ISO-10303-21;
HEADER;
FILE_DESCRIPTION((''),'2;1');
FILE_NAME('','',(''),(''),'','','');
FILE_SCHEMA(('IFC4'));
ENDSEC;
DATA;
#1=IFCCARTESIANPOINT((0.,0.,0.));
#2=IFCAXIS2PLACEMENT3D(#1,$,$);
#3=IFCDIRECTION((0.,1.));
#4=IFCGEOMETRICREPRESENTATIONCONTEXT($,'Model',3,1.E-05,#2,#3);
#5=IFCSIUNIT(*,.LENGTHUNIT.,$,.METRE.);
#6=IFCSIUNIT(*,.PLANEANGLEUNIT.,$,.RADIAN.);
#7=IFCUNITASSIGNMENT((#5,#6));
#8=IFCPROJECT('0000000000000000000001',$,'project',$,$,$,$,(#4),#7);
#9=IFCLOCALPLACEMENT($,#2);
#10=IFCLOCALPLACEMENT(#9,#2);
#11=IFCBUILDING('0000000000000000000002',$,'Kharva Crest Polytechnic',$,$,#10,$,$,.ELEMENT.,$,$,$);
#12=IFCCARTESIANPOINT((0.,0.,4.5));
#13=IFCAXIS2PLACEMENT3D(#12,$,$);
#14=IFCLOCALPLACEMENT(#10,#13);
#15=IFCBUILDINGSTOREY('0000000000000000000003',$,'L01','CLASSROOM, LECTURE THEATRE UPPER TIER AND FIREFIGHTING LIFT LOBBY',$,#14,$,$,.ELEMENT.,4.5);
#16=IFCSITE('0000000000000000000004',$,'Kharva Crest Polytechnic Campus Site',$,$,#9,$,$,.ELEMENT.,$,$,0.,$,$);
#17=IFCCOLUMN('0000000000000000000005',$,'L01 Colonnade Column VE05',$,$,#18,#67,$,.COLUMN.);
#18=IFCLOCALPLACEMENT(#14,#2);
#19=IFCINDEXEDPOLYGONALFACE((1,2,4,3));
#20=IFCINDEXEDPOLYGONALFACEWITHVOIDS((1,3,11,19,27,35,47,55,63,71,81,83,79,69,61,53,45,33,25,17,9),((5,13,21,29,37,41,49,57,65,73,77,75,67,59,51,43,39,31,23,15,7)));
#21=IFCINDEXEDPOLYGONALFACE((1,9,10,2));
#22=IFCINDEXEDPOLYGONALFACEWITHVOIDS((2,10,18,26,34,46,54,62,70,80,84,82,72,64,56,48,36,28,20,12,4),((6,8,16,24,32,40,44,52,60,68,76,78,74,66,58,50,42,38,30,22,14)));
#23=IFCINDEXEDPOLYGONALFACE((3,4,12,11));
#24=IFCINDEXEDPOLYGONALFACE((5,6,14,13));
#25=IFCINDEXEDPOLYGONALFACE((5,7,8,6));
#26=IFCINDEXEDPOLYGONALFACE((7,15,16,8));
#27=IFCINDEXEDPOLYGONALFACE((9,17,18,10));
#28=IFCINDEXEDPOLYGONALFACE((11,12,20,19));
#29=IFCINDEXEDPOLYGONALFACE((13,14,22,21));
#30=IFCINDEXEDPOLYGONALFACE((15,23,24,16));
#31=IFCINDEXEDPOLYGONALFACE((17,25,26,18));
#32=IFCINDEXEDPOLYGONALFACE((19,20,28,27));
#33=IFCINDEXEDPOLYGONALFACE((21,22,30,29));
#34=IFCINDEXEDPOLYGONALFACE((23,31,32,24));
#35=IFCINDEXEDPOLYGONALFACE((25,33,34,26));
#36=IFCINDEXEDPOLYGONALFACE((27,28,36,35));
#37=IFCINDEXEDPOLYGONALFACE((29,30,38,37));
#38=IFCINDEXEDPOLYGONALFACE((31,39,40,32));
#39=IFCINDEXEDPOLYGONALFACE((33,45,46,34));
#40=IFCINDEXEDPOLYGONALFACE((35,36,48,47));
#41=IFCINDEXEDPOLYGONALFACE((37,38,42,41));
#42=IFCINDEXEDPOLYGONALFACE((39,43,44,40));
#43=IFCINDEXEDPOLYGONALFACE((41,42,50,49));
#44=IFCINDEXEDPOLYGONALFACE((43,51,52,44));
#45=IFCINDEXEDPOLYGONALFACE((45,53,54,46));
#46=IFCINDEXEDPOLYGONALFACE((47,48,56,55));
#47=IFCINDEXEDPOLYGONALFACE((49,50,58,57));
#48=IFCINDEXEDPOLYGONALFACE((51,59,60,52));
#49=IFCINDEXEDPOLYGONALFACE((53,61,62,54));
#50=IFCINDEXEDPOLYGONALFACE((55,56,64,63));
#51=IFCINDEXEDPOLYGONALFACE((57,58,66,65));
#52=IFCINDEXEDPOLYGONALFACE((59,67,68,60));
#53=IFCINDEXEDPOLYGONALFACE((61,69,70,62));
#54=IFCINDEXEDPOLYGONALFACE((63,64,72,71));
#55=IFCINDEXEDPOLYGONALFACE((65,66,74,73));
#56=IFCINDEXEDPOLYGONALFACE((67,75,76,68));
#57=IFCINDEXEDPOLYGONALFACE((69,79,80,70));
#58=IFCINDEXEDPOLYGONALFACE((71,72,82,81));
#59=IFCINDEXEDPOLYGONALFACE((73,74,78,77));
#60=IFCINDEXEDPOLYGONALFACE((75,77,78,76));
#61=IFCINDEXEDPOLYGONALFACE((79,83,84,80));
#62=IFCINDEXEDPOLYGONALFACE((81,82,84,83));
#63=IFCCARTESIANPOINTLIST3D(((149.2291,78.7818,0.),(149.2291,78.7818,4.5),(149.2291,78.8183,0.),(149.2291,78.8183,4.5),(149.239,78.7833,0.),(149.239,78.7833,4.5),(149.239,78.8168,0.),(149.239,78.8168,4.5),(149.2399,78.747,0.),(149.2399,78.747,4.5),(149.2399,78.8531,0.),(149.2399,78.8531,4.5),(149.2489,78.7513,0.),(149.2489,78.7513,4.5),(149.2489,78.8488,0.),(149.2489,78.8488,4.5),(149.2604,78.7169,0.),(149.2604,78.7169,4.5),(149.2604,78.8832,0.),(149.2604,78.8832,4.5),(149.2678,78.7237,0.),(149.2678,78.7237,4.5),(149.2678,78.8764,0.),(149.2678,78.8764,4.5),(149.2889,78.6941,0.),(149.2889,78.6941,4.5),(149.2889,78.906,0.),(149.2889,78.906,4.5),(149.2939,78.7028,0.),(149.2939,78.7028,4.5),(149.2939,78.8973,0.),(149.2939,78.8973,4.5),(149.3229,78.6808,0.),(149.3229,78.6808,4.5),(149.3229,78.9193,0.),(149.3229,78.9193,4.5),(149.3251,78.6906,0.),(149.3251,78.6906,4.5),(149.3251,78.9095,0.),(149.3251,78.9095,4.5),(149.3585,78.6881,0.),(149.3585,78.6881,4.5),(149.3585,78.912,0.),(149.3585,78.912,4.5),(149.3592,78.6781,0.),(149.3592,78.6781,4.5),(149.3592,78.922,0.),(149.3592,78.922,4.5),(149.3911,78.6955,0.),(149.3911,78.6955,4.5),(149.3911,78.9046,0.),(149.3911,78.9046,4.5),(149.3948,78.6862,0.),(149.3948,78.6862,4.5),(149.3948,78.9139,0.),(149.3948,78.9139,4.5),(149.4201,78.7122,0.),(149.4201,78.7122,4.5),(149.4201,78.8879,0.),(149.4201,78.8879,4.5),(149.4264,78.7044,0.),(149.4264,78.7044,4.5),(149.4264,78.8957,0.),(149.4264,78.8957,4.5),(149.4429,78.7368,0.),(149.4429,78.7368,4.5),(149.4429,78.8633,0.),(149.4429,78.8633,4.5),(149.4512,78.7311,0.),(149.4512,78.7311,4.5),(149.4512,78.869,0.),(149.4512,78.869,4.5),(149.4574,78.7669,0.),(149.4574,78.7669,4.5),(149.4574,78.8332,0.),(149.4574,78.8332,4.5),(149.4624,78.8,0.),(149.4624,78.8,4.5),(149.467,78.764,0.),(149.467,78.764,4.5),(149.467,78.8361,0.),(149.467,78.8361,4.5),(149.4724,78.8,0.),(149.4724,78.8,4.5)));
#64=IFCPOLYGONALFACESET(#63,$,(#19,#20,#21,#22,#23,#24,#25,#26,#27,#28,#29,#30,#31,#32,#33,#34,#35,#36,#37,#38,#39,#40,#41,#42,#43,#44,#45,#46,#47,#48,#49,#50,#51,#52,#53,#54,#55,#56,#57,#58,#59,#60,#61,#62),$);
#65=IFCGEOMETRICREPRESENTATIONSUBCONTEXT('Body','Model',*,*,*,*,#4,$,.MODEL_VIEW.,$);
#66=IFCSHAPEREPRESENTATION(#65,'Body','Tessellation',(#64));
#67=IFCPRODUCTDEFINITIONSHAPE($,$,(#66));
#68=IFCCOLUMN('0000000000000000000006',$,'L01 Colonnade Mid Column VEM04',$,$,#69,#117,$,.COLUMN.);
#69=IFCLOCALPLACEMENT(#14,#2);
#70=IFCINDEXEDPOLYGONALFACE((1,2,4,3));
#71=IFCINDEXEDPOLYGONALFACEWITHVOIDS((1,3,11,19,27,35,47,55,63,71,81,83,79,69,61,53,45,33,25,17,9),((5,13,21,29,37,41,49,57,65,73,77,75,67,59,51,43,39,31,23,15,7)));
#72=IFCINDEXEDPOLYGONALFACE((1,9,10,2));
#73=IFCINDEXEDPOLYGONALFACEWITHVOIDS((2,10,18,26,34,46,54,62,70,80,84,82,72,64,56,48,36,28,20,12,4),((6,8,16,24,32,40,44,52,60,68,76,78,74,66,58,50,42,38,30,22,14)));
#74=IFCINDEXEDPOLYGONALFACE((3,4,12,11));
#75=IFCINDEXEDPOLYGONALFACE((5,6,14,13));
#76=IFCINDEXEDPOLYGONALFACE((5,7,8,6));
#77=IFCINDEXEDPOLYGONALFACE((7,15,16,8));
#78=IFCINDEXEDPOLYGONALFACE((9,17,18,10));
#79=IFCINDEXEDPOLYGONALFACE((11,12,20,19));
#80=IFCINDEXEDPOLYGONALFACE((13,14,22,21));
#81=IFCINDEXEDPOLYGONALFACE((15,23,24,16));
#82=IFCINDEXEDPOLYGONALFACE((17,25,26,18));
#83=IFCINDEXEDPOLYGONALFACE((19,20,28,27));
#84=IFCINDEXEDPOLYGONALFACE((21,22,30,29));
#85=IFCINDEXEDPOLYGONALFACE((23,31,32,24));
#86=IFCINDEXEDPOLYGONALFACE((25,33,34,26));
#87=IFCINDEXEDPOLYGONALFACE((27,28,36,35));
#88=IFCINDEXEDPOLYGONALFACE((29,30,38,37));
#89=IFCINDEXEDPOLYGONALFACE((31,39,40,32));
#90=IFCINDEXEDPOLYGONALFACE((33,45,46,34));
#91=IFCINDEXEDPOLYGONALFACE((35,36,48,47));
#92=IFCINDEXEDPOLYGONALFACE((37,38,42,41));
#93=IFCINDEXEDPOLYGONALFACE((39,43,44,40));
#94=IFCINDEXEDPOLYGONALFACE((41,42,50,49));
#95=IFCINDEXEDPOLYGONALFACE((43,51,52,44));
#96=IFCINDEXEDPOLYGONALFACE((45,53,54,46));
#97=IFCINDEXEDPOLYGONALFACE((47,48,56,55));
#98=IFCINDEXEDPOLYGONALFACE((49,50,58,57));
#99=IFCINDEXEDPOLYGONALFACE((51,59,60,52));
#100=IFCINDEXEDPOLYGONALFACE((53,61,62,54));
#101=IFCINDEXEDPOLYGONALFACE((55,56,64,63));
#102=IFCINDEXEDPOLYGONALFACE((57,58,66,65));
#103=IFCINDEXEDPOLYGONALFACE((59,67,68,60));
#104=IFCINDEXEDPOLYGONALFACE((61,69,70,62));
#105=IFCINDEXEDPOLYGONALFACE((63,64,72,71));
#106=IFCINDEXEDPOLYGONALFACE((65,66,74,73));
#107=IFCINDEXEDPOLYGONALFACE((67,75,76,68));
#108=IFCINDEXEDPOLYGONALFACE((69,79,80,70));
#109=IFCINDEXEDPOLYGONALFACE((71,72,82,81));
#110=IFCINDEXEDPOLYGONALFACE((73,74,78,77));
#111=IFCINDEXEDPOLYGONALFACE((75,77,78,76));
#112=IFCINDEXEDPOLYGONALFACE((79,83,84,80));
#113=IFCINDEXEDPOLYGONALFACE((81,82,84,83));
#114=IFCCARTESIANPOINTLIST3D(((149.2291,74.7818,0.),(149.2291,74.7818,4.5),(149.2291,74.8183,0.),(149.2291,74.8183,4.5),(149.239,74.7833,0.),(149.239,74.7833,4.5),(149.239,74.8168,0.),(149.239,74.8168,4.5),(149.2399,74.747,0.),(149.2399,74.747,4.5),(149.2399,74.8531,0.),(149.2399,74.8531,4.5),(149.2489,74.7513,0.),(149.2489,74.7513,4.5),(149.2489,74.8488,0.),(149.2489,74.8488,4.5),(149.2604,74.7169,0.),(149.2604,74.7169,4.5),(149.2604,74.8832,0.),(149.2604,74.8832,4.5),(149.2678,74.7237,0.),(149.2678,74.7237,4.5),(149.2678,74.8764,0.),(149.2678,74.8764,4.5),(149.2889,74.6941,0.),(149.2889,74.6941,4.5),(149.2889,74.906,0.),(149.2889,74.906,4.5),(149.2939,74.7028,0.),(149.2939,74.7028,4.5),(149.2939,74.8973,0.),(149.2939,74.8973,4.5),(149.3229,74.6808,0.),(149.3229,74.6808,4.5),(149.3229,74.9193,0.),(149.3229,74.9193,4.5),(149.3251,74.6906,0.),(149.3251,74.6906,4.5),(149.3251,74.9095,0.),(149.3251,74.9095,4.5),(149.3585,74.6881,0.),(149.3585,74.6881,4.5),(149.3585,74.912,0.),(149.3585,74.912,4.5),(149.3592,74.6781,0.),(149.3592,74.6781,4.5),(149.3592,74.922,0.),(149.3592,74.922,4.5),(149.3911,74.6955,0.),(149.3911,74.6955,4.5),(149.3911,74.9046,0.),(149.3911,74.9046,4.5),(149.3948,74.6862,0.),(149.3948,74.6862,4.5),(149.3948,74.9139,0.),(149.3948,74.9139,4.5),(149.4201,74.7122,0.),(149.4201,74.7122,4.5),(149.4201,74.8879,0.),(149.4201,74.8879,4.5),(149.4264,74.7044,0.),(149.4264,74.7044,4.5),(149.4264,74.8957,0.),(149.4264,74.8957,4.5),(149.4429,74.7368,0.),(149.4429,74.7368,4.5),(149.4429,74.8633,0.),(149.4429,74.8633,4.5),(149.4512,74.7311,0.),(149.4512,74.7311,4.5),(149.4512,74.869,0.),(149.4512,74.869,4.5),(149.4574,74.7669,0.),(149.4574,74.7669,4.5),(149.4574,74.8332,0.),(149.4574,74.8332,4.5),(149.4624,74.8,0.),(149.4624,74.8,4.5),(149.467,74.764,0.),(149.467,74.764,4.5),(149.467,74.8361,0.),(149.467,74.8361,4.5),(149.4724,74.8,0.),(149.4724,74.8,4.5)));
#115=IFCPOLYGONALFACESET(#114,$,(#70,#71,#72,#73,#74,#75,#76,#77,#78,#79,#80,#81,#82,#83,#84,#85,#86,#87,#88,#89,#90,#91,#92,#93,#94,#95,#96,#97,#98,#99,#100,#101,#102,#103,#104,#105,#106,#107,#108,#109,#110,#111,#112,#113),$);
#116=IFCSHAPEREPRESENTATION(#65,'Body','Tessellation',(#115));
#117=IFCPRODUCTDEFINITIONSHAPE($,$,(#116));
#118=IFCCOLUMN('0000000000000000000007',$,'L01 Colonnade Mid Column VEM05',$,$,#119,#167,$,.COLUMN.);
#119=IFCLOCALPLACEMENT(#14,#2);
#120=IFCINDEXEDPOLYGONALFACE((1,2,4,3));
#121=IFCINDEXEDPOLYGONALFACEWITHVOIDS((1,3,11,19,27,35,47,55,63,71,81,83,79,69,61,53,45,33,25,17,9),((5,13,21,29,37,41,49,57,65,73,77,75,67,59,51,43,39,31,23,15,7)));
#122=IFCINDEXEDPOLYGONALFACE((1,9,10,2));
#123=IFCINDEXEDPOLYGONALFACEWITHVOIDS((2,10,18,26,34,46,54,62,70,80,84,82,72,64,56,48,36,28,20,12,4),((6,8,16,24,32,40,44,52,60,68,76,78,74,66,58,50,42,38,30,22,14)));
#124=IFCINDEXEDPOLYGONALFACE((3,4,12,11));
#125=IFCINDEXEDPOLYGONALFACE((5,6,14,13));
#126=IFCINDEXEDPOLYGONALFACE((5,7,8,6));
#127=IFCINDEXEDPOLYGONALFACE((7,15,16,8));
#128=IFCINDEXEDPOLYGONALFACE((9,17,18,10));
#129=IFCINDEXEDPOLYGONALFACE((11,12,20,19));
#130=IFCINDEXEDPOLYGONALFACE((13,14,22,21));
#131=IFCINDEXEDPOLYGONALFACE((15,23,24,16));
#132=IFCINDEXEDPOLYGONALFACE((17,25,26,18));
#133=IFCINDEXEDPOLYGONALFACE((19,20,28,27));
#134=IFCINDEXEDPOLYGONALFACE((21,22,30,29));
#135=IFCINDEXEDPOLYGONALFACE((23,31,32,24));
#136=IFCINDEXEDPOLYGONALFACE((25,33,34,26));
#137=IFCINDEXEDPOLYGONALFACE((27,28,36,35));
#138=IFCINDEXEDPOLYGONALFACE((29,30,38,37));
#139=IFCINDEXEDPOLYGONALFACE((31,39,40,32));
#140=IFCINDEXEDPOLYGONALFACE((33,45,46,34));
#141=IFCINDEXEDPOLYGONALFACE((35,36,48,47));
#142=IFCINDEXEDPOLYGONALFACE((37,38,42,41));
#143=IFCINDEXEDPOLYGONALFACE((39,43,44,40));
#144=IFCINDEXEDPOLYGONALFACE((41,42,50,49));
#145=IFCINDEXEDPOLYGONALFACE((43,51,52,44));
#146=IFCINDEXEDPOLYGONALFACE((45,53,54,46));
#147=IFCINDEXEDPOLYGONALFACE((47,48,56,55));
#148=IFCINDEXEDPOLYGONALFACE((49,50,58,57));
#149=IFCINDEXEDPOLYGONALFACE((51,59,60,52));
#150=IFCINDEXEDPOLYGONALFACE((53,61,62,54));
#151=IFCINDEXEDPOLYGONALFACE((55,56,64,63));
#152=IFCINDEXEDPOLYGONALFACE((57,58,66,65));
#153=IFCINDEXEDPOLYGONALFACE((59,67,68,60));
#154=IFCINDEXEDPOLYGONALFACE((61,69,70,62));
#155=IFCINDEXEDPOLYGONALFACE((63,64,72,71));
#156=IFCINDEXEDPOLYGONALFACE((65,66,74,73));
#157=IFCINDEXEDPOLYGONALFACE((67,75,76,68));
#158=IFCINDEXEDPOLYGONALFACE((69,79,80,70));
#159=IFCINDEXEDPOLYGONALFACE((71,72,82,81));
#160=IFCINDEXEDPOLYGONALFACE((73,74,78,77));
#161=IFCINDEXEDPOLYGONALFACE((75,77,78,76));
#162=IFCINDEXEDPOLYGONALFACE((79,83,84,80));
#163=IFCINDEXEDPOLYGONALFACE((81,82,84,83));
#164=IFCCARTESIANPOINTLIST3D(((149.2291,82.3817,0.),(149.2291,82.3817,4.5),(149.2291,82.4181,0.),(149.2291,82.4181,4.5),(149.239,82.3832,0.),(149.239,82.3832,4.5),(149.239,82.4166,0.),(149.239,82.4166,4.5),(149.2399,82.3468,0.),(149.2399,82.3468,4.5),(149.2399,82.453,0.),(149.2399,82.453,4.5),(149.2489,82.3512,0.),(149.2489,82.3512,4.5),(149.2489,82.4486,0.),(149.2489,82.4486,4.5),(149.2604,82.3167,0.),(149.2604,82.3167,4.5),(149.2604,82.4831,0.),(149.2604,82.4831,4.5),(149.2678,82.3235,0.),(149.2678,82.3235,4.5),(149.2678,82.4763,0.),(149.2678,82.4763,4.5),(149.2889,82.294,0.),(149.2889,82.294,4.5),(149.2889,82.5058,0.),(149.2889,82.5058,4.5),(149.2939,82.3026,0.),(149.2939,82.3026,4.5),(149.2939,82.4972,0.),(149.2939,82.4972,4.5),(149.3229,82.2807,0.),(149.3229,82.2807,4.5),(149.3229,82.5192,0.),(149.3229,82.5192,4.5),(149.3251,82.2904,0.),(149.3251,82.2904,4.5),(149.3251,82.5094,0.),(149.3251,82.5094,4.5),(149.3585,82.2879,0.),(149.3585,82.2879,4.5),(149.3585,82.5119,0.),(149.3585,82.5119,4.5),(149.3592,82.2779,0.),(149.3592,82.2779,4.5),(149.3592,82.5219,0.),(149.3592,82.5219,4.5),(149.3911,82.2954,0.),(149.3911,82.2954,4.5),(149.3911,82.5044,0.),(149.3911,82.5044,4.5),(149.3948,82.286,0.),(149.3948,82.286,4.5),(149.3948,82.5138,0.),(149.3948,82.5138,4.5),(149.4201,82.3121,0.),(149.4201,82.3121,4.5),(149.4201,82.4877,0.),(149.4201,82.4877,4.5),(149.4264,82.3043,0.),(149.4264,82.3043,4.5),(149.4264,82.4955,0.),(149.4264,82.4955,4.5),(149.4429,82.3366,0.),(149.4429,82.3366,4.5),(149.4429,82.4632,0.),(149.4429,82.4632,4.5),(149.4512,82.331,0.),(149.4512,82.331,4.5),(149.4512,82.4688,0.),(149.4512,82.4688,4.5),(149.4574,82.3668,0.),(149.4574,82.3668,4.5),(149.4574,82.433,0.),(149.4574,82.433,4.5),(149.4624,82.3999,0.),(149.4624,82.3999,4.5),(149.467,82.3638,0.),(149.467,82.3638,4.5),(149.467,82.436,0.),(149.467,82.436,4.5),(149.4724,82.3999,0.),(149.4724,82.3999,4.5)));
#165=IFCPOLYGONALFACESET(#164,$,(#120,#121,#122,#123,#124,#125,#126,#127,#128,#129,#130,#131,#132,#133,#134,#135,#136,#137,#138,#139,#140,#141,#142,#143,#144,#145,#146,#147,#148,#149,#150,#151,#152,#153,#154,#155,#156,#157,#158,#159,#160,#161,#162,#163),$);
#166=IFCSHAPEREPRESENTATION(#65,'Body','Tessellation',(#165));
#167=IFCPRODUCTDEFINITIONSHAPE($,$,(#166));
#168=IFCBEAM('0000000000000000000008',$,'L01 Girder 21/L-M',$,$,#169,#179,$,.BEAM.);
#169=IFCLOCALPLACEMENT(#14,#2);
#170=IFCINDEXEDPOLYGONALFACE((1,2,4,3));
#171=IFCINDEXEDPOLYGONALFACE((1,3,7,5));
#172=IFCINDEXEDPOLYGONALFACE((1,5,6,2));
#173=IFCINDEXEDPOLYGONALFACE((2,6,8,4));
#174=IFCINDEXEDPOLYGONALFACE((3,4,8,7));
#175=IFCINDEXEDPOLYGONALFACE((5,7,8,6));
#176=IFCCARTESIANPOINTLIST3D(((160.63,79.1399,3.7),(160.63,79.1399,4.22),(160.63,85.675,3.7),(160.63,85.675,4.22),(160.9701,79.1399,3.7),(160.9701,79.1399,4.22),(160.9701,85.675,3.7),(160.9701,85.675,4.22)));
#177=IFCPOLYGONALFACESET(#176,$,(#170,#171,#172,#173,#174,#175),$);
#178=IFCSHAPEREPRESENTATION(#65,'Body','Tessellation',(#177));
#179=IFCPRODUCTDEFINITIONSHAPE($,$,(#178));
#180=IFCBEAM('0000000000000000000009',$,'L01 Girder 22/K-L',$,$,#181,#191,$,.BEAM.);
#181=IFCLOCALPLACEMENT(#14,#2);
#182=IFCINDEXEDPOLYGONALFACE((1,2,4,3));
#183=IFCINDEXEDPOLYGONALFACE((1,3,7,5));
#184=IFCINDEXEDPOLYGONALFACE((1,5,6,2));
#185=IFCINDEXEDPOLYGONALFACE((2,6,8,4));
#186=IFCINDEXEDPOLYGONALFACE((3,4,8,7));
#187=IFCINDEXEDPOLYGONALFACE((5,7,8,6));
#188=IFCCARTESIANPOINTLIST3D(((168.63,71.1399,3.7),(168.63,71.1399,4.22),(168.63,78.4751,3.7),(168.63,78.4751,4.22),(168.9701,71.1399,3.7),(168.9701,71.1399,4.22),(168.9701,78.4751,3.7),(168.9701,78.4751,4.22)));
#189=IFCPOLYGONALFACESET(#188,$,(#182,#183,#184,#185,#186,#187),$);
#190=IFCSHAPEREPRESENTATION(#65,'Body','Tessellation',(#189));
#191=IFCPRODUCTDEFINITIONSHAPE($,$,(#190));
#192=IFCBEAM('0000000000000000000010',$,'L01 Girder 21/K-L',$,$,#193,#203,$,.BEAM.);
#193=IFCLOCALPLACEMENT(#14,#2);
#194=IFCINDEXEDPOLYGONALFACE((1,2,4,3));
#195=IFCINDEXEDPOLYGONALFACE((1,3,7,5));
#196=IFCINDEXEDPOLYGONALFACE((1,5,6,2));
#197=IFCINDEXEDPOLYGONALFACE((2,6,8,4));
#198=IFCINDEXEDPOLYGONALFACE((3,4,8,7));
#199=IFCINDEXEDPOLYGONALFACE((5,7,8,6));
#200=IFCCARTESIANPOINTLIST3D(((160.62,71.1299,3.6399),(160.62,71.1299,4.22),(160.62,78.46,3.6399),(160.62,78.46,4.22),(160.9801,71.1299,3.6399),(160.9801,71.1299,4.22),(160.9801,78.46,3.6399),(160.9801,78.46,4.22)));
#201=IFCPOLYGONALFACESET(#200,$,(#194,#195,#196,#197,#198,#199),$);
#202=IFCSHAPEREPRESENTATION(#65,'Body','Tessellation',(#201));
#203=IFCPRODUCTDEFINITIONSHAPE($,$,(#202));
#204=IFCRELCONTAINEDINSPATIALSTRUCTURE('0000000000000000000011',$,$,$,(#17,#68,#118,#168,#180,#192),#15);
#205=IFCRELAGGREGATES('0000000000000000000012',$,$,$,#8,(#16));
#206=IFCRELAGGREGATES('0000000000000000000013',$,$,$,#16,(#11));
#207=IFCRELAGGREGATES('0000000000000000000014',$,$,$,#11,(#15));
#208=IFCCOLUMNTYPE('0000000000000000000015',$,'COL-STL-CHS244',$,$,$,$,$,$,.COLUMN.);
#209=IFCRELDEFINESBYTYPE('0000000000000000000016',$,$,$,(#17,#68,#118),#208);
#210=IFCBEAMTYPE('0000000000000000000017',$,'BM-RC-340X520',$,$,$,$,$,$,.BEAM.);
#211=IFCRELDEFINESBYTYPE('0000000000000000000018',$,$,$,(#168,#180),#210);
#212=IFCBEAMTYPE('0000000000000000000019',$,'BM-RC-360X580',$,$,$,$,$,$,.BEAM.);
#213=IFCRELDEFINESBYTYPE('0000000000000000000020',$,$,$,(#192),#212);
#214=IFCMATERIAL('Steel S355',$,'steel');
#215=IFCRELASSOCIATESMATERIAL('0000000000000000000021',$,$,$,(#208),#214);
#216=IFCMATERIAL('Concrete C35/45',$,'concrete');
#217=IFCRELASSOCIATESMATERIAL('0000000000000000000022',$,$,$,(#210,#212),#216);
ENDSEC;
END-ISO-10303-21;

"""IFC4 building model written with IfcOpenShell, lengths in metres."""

from ifc_helpers import new_model, si_unit, direction, frame, origin, origin_2d, place, context, subcontext, project, spatial, rectangle, hollow_circle, extrude, material, material_profile, profile_set, type_object, element, save


model = new_model("IFC4")

# Units and contexts
model_context = context("Model", 3, precision=1e-05, world=origin(), true_north=direction((0.0, 1.0)))
body_context = subcontext(model_context, "Body", "Model", "MODEL_VIEW")
ifc_project = project(units=[si_unit("LENGTHUNIT", "METRE"), si_unit("PLANEANGLEUNIT", "RADIAN")], contexts=[model_context])

# Site, building, storey
site_placement = place(None, origin())
site = spatial("IfcSite", under=ifc_project, at=site_placement, Name="Kharva Crest Polytechnic Campus Site", CompositionType="ELEMENT", RefElevation=0.0)
building_placement = place(site_placement, origin())
building = spatial("IfcBuilding", under=site, at=building_placement, Name="Kharva Crest Polytechnic", CompositionType="ELEMENT")
storey_placement = place(building_placement, frame((0.0, 0.0, 4.5)))
storey = spatial("IfcBuildingStorey", under=building, at=storey_placement, Name="L01", Description="CLASSROOM, LECTURE THEATRE UPPER TIER AND FIREFIGHTING LIFT LOBBY", CompositionType="ELEMENT", Elevation=4.5)

# Columns
ifc_material_1 = material(Name="Steel S355", Category="steel")
ifc_material_profile_1 = material_profile(ifc_material_1, hollow_circle(Radius=0.1223, WallThickness=0.01, at=origin_2d()), Name="CHS 244.5X10.0")
ifc_profile_set_1 = profile_set([ifc_material_profile_1], Name="Steel S355")
column_type_1 = type_object("IfcColumnType", Name="COL-STL-CHS244", PredefinedType="COLUMN", material=ifc_profile_set_1)
for number, where, z_axis, x_axis, name in (
    (1, (149.3501, 78.8, 0.0), (0.0, 0.0, 1.0), (1.0, 0.0, 0.0), "L01 Colonnade Column VE05"),
    (2, (149.3501, 74.8, 0.0), (0.0, 0.0, 1.0), (1.0, 0.0, 0.0), "L01 Colonnade Mid Column VEM04"),
    (3, (149.3501, 82.3999, 0.0), (0.0, 0.0, 1.0), (1.0, 0.0, 0.0), "L01 Colonnade Mid Column VEM05"),
):
    element("IfcColumn", number, at=place(storey_placement, frame(where, z_axis=z_axis, x_axis=x_axis)), inside=storey, type_object=column_type_1, Name=name, PredefinedType="COLUMN", context=body_context, shape_type="SweptSolid", body=[
        extrude(hollow_circle(Radius=0.1223, WallThickness=0.01, at=origin_2d()), origin(), (0.0, 0.0, 1.0), 4.5),
    ])

# Beams
ifc_material_2 = material(Name="Concrete C35/45", Category="concrete")
ifc_material_profile_2 = material_profile(ifc_material_2, rectangle(XDim=0.3401, YDim=0.52, at=origin_2d()), Name="RECT 340 X 520")
ifc_profile_set_2 = profile_set([ifc_material_profile_2], Name="Concrete C35/45")
beam_type_1 = type_object("IfcBeamType", Name="BM-RC-340X520", PredefinedType="BEAM", material=ifc_profile_set_2)
beam_1_placement = place(storey_placement, frame((160.8, 79.1399, 3.96), z_axis=(0.0, 1.0, 0.0), x_axis=(-1.0, 0.0, 0.0)))
element("IfcBeam", 4, at=beam_1_placement, inside=storey, type_object=beam_type_1, Name="L01 Girder 21/L-M", PredefinedType="BEAM", context=body_context, shape_type="SweptSolid", body=[
    extrude(rectangle(XDim=0.3401, YDim=0.52, at=origin_2d()), origin(), (0.0, 0.0, 1.0), 6.5352),
])
beam_2_placement = place(storey_placement, frame((168.8, 71.1399, 3.96), z_axis=(0.0, 1.0, 0.0), x_axis=(-1.0, 0.0, 0.0)))
element("IfcBeam", 5, at=beam_2_placement, inside=storey, type_object=beam_type_1, Name="L01 Girder 22/K-L", PredefinedType="BEAM", context=body_context, shape_type="SweptSolid", body=[
    extrude(rectangle(XDim=0.3401, YDim=0.52, at=origin_2d()), origin(), (0.0, 0.0, 1.0), 7.3352),
])
ifc_material_profile_3 = material_profile(ifc_material_2, rectangle(XDim=0.3601, YDim=0.5801, at=origin_2d()), Name="RECT 360 X 580")
ifc_profile_set_3 = profile_set([ifc_material_profile_3], Name="Concrete C35/45")
beam_type_2 = type_object("IfcBeamType", Name="BM-RC-360X580", PredefinedType="BEAM", material=ifc_profile_set_3)
beam_3_placement = place(storey_placement, frame((160.8, 71.1299, 3.9299), z_axis=(0.0, 1.0, 0.0), x_axis=(-1.0, 0.0, 0.0)))
element("IfcBeam", 6, at=beam_3_placement, inside=storey, type_object=beam_type_2, Name="L01 Girder 21/K-L", PredefinedType="BEAM", context=body_context, shape_type="SweptSolid", body=[
    extrude(rectangle(XDim=0.3601, YDim=0.5801, at=origin_2d()), origin(), (0.0, 0.0, 1.0), 7.3301),
])

save(model, "model.ifc")
